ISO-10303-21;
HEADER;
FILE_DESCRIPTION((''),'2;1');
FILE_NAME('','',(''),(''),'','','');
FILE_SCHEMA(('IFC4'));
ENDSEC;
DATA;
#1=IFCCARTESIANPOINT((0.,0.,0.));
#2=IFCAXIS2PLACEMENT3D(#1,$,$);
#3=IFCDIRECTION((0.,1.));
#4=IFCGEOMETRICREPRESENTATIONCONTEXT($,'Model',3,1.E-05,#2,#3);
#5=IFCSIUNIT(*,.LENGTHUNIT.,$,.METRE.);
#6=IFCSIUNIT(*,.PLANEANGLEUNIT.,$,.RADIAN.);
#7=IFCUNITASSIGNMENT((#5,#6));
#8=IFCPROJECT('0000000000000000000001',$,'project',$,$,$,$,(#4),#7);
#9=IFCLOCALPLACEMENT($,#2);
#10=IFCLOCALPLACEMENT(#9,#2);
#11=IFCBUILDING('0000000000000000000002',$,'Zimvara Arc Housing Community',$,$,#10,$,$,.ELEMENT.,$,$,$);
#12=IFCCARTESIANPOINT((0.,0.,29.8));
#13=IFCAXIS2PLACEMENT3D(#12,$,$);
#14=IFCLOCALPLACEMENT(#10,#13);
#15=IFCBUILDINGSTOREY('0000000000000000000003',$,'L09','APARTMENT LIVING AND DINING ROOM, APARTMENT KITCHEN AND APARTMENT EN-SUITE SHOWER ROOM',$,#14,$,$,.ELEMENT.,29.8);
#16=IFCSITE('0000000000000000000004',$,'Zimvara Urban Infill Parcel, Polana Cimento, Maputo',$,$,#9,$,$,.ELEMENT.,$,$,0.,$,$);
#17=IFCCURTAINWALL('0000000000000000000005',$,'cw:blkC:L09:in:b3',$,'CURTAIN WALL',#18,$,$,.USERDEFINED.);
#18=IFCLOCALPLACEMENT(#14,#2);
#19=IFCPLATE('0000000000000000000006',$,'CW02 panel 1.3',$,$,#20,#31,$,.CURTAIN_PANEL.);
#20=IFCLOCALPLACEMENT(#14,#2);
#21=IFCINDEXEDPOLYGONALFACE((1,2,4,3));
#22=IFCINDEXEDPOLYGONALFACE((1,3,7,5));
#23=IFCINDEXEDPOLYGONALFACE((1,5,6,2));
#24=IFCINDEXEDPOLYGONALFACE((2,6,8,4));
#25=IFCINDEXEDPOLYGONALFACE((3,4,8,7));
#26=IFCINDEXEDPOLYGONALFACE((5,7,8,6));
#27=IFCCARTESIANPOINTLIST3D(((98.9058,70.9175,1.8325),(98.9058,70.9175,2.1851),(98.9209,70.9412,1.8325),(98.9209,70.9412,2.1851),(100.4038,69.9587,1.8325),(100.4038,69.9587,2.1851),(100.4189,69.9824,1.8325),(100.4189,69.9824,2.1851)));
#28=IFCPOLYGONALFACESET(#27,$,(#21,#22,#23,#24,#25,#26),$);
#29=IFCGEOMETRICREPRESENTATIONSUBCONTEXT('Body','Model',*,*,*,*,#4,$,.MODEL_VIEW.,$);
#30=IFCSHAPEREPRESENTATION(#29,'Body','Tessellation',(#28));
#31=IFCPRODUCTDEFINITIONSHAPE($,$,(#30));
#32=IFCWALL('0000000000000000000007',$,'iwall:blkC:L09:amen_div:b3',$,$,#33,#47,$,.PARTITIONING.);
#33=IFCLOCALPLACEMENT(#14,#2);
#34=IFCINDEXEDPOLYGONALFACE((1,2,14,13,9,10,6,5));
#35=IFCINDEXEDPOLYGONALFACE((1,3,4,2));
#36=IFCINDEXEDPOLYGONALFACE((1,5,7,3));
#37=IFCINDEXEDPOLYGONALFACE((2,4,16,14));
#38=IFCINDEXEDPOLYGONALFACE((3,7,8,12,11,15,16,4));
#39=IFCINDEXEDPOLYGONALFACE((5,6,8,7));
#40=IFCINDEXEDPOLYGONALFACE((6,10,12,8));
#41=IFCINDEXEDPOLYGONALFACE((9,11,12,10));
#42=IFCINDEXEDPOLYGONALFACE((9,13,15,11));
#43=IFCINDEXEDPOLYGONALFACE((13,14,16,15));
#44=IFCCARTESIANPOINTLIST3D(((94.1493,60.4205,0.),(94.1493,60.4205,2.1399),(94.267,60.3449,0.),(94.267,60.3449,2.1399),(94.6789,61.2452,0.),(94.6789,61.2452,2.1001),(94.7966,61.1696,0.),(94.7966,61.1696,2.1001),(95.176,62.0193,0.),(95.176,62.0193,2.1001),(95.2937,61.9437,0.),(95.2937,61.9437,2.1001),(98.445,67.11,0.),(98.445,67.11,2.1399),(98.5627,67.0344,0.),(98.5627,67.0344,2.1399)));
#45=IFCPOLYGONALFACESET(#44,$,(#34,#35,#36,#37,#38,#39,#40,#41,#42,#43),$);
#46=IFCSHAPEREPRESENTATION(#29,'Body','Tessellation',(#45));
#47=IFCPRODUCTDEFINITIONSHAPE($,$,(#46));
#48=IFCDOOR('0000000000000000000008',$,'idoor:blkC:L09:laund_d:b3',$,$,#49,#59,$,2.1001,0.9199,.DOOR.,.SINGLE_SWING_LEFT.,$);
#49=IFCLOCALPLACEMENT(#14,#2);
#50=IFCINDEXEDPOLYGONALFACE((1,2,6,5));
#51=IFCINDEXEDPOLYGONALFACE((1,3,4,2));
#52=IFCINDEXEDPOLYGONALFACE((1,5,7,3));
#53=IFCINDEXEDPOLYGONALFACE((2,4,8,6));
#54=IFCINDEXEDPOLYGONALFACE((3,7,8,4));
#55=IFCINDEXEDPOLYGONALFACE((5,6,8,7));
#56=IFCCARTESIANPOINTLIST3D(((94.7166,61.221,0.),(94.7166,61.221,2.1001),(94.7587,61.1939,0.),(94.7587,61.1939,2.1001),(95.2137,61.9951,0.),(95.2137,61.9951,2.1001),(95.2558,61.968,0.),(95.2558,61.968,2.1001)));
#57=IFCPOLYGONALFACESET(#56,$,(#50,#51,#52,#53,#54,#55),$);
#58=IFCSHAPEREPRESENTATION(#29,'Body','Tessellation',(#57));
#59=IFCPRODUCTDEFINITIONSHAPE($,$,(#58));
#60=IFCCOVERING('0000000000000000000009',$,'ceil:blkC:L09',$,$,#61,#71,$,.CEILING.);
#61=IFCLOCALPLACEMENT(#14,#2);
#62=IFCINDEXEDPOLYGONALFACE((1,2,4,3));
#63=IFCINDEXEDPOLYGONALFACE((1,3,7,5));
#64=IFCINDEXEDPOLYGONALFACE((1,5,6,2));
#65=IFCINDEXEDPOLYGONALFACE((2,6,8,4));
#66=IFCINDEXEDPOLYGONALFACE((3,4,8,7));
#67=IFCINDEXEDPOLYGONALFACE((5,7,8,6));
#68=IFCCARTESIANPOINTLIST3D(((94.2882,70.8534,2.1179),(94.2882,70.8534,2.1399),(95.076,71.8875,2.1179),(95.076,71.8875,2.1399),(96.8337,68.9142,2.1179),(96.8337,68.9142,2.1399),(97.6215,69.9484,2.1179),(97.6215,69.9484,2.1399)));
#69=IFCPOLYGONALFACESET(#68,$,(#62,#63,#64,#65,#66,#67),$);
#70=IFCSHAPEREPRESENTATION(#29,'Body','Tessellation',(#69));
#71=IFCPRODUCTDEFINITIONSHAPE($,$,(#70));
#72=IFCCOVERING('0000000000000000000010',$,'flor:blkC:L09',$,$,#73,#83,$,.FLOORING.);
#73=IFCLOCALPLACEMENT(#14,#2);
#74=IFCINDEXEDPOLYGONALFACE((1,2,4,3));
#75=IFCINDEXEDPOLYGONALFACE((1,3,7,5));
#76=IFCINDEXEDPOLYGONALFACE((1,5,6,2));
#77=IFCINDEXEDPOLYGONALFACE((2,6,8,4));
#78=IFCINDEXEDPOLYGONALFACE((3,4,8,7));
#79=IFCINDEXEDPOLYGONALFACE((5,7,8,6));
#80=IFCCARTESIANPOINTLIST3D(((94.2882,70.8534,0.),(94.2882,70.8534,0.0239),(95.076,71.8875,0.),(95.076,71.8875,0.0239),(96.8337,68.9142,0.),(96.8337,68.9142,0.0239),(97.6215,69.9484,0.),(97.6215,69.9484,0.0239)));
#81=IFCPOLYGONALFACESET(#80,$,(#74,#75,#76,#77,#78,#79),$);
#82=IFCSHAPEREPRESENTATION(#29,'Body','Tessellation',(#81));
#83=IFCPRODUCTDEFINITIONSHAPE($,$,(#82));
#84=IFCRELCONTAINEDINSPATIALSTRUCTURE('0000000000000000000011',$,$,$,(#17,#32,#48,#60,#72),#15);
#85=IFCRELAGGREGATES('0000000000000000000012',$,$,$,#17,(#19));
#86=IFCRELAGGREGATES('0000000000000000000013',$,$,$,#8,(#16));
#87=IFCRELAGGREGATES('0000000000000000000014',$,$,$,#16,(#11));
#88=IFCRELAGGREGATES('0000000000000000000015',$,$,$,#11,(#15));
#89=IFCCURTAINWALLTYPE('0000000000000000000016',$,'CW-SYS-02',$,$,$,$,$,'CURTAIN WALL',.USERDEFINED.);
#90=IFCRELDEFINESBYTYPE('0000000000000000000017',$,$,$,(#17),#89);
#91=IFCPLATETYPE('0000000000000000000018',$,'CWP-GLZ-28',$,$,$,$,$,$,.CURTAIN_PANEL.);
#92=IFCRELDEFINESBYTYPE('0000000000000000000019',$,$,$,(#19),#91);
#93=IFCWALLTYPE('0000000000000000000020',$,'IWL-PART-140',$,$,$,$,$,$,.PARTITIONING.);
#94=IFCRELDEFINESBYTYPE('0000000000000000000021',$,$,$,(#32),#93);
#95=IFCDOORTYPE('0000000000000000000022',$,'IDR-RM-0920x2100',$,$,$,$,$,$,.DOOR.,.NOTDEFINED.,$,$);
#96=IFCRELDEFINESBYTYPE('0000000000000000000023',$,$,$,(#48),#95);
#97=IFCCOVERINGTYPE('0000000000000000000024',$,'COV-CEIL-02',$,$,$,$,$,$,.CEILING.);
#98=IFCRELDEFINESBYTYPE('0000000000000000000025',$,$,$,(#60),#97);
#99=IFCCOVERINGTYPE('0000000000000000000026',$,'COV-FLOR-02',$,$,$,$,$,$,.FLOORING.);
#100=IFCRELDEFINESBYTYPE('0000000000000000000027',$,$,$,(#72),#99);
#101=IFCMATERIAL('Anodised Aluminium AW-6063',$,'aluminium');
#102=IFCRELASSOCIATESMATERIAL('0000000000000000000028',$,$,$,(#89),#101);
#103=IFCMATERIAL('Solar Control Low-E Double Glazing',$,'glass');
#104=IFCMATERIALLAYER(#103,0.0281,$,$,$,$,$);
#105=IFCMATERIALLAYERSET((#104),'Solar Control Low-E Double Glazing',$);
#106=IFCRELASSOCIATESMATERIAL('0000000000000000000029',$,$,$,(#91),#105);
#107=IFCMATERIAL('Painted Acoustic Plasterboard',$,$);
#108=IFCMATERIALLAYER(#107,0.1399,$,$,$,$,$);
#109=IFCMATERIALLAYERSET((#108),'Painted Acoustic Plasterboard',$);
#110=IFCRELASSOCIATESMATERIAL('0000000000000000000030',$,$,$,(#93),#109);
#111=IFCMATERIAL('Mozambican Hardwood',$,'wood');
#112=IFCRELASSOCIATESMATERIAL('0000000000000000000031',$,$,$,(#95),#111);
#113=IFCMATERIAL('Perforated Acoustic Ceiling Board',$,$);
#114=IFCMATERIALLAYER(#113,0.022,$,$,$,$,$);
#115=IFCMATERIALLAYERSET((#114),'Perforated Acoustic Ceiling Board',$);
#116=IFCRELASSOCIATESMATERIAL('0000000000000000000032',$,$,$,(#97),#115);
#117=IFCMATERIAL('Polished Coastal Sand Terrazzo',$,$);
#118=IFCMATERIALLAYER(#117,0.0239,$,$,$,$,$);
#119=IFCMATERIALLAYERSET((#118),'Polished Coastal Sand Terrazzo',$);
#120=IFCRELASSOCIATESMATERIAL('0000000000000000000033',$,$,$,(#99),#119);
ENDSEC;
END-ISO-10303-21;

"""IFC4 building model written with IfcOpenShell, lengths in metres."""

from ifc_helpers import new_model, si_unit, direction, frame, frame_2d, origin, origin_2d, place, context, subcontext, project, spatial, rectangle, extrude, material, layer, layer_set, type_object, element, fill, aggregate, save


model = new_model("IFC4")

# Units and contexts
model_context = context("Model", 3, precision=1e-05, world=origin(), true_north=direction((0.0, 1.0)))
body_context = subcontext(model_context, "Body", "Model", "MODEL_VIEW")
ifc_project = project(units=[si_unit("LENGTHUNIT", "METRE"), si_unit("PLANEANGLEUNIT", "RADIAN")], contexts=[model_context])

# Site, building, storey
site_placement = place(None, origin())
site = spatial("IfcSite", under=ifc_project, at=site_placement, Name="Zimvara Urban Infill Parcel, Polana Cimento, Maputo", CompositionType="ELEMENT", RefElevation=0.0)
building_placement = place(site_placement, origin())
building = spatial("IfcBuilding", under=site, at=building_placement, Name="Zimvara Arc Housing Community", CompositionType="ELEMENT")
storey_placement = place(building_placement, frame((0.0, 0.0, 29.8)))
storey = spatial("IfcBuildingStorey", under=building, at=storey_placement, Name="L09", Description="APARTMENT LIVING AND DINING ROOM, APARTMENT KITCHEN AND APARTMENT EN-SUITE SHOWER ROOM", CompositionType="ELEMENT", Elevation=29.8)

# Curtain wall, plate
ifc_material_1 = material(Name="Anodised Aluminium AW-6063", Category="aluminium")
curtain_wall_type = type_object("IfcCurtainWallType", Name="CW-SYS-02", ElementType="CURTAIN WALL", PredefinedType="USERDEFINED", material=ifc_material_1)
curtain_wall_placement = place(storey_placement, origin())
curtain_wall = element("IfcCurtainWall", 1, at=curtain_wall_placement, inside=storey, type_object=curtain_wall_type, Name="cw:blkC:L09:in:b3", ObjectType="CURTAIN WALL", PredefinedType="USERDEFINED")
ifc_material_2 = material(Name="Solar Control Low-E Double Glazing", Category="glass")
ifc_layer_1 = layer(ifc_material_2, 0.0281)
ifc_layer_set_1 = layer_set([ifc_layer_1], Name="Solar Control Low-E Double Glazing")
plate_type = type_object("IfcPlateType", Name="CWP-GLZ-28", PredefinedType="CURTAIN_PANEL", material=ifc_layer_set_1)
plate_1_placement = place(storey_placement, frame((99.6624, 70.45, 1.8325), z_axis=(0.0, 0.0, 1.0), x_axis=(0.842264, -0.539065, 0.0)))
plate_1 = element("IfcPlate", 2, at=plate_1_placement, type_object=plate_type, Name="CW02 panel 1.3", PredefinedType="CURTAIN_PANEL", context=body_context, shape_type="SweptSolid", body=[
    extrude(rectangle(XDim=1.7786, YDim=0.0281, at=origin_2d()), origin(), (0.0, 0.0, 1.0), 0.3525),
])
aggregate(curtain_wall, [plate_1])

# Wall, opening, door
ifc_material_3 = material(Name="Painted Acoustic Plasterboard")
ifc_layer_2 = layer(ifc_material_3, 0.1399)
ifc_layer_set_2 = layer_set([ifc_layer_2], Name="Painted Acoustic Plasterboard")
wall_type_1 = type_object("IfcWallType", Name="IWL-PART-140", PredefinedType="PARTITIONING", material=ifc_layer_set_2)
wall_1_placement = place(storey_placement, frame((98.5039, 67.0723, 0.0), z_axis=(0.0, 0.0, 1.0), x_axis=(-0.540338, -0.841448, 0.0)))
wall_1 = element("IfcWall", 3, at=wall_1_placement, inside=storey, type_object=wall_type_1, Name="iwall:blkC:L09:amen_div:b3", PredefinedType="PARTITIONING", context=body_context, shape_type="SweptSolid", body=[
    extrude(rectangle(XDim=7.95, YDim=0.1399, at=frame_2d((3.9751, 0.0))), origin(), (0.0, 0.0, 1.0), 2.1399),
])
opening_1_placement = place(wall_1_placement, frame((6.05, 0.0, 0.0)))
opening_1 = element("IfcOpeningElement", 4, at=opening_1_placement, cuts=wall_1, PredefinedType="OPENING", context=body_context, shape_type="SweptSolid", body=[
    extrude(rectangle(XDim=0.9199, YDim=2.1001, at=frame_2d((0.46, 1.05))), frame((0.0, 0.0798, 0.0), z_axis=(0.0, -1.0, 0.0), x_axis=(1.0, 0.0, 0.0)), (0.0, 0.0, 1.0), 0.1599),
])
ifc_material_4 = material(Name="Mozambican Hardwood", Category="wood")
door_type_1 = type_object("IfcDoorType", Name="IDR-RM-0920x2100", OperationType="NOTDEFINED", PredefinedType="DOOR", material=ifc_material_4)
door_1_placement = place(opening_1_placement, origin())
door_1 = element("IfcDoor", 5, at=door_1_placement, inside=storey, type_object=door_type_1, Name="idoor:blkC:L09:laund_d:b3", OperationType="SINGLE_SWING_LEFT", OverallHeight=2.1001, OverallWidth=0.9199, PredefinedType="DOOR", context=body_context, shape_type="SweptSolid", body=[
    extrude(rectangle(XDim=0.9199, YDim=2.1001, at=frame_2d((0.46, 1.05))), frame((0.0, 0.0249, 0.0), z_axis=(0.0, -1.0, 0.0), x_axis=(1.0, 0.0, 0.0)), (0.0, 0.0, 1.0), 0.05),
])
fill(opening_1, door_1)

# Coverings
ifc_material_5 = material(Name="Perforated Acoustic Ceiling Board")
ifc_layer_3 = layer(ifc_material_5, 0.022)
ifc_layer_set_3 = layer_set([ifc_layer_3], Name="Perforated Acoustic Ceiling Board")
covering_type_1 = type_object("IfcCoveringType", Name="COV-CEIL-02", PredefinedType="CEILING", material=ifc_layer_set_3)
covering_1_placement = place(storey_placement, frame((95.9548, 70.4009, 2.1179), z_axis=(0.0, 0.0, 1.0), x_axis=(-0.605988, -0.795473, 0.0)))
element("IfcCovering", 6, at=covering_1_placement, inside=storey, type_object=covering_type_1, Name="ceil:blkC:L09", PredefinedType="CEILING", context=body_context, shape_type="SweptSolid", body=[
    extrude(rectangle(XDim=1.3, YDim=3.2, at=origin_2d()), origin(), (0.0, 0.0, 1.0), 0.022),
])
ifc_material_6 = material(Name="Polished Coastal Sand Terrazzo")
ifc_layer_4 = layer(ifc_material_6, 0.0239)
ifc_layer_set_4 = layer_set([ifc_layer_4], Name="Polished Coastal Sand Terrazzo")
covering_type_2 = type_object("IfcCoveringType", Name="COV-FLOR-02", PredefinedType="FLOORING", material=ifc_layer_set_4)
covering_2_placement = place(storey_placement, frame((95.9548, 70.4009, 0.0), z_axis=(0.0, 0.0, 1.0), x_axis=(-0.605988, -0.795473, 0.0)))
element("IfcCovering", 7, at=covering_2_placement, inside=storey, type_object=covering_type_2, Name="flor:blkC:L09", PredefinedType="FLOORING", context=body_context, shape_type="SweptSolid", body=[
    extrude(rectangle(XDim=1.3, YDim=3.2, at=origin_2d()), origin(), (0.0, 0.0, 1.0), 0.0239),
])

save(model, "model.ifc")
